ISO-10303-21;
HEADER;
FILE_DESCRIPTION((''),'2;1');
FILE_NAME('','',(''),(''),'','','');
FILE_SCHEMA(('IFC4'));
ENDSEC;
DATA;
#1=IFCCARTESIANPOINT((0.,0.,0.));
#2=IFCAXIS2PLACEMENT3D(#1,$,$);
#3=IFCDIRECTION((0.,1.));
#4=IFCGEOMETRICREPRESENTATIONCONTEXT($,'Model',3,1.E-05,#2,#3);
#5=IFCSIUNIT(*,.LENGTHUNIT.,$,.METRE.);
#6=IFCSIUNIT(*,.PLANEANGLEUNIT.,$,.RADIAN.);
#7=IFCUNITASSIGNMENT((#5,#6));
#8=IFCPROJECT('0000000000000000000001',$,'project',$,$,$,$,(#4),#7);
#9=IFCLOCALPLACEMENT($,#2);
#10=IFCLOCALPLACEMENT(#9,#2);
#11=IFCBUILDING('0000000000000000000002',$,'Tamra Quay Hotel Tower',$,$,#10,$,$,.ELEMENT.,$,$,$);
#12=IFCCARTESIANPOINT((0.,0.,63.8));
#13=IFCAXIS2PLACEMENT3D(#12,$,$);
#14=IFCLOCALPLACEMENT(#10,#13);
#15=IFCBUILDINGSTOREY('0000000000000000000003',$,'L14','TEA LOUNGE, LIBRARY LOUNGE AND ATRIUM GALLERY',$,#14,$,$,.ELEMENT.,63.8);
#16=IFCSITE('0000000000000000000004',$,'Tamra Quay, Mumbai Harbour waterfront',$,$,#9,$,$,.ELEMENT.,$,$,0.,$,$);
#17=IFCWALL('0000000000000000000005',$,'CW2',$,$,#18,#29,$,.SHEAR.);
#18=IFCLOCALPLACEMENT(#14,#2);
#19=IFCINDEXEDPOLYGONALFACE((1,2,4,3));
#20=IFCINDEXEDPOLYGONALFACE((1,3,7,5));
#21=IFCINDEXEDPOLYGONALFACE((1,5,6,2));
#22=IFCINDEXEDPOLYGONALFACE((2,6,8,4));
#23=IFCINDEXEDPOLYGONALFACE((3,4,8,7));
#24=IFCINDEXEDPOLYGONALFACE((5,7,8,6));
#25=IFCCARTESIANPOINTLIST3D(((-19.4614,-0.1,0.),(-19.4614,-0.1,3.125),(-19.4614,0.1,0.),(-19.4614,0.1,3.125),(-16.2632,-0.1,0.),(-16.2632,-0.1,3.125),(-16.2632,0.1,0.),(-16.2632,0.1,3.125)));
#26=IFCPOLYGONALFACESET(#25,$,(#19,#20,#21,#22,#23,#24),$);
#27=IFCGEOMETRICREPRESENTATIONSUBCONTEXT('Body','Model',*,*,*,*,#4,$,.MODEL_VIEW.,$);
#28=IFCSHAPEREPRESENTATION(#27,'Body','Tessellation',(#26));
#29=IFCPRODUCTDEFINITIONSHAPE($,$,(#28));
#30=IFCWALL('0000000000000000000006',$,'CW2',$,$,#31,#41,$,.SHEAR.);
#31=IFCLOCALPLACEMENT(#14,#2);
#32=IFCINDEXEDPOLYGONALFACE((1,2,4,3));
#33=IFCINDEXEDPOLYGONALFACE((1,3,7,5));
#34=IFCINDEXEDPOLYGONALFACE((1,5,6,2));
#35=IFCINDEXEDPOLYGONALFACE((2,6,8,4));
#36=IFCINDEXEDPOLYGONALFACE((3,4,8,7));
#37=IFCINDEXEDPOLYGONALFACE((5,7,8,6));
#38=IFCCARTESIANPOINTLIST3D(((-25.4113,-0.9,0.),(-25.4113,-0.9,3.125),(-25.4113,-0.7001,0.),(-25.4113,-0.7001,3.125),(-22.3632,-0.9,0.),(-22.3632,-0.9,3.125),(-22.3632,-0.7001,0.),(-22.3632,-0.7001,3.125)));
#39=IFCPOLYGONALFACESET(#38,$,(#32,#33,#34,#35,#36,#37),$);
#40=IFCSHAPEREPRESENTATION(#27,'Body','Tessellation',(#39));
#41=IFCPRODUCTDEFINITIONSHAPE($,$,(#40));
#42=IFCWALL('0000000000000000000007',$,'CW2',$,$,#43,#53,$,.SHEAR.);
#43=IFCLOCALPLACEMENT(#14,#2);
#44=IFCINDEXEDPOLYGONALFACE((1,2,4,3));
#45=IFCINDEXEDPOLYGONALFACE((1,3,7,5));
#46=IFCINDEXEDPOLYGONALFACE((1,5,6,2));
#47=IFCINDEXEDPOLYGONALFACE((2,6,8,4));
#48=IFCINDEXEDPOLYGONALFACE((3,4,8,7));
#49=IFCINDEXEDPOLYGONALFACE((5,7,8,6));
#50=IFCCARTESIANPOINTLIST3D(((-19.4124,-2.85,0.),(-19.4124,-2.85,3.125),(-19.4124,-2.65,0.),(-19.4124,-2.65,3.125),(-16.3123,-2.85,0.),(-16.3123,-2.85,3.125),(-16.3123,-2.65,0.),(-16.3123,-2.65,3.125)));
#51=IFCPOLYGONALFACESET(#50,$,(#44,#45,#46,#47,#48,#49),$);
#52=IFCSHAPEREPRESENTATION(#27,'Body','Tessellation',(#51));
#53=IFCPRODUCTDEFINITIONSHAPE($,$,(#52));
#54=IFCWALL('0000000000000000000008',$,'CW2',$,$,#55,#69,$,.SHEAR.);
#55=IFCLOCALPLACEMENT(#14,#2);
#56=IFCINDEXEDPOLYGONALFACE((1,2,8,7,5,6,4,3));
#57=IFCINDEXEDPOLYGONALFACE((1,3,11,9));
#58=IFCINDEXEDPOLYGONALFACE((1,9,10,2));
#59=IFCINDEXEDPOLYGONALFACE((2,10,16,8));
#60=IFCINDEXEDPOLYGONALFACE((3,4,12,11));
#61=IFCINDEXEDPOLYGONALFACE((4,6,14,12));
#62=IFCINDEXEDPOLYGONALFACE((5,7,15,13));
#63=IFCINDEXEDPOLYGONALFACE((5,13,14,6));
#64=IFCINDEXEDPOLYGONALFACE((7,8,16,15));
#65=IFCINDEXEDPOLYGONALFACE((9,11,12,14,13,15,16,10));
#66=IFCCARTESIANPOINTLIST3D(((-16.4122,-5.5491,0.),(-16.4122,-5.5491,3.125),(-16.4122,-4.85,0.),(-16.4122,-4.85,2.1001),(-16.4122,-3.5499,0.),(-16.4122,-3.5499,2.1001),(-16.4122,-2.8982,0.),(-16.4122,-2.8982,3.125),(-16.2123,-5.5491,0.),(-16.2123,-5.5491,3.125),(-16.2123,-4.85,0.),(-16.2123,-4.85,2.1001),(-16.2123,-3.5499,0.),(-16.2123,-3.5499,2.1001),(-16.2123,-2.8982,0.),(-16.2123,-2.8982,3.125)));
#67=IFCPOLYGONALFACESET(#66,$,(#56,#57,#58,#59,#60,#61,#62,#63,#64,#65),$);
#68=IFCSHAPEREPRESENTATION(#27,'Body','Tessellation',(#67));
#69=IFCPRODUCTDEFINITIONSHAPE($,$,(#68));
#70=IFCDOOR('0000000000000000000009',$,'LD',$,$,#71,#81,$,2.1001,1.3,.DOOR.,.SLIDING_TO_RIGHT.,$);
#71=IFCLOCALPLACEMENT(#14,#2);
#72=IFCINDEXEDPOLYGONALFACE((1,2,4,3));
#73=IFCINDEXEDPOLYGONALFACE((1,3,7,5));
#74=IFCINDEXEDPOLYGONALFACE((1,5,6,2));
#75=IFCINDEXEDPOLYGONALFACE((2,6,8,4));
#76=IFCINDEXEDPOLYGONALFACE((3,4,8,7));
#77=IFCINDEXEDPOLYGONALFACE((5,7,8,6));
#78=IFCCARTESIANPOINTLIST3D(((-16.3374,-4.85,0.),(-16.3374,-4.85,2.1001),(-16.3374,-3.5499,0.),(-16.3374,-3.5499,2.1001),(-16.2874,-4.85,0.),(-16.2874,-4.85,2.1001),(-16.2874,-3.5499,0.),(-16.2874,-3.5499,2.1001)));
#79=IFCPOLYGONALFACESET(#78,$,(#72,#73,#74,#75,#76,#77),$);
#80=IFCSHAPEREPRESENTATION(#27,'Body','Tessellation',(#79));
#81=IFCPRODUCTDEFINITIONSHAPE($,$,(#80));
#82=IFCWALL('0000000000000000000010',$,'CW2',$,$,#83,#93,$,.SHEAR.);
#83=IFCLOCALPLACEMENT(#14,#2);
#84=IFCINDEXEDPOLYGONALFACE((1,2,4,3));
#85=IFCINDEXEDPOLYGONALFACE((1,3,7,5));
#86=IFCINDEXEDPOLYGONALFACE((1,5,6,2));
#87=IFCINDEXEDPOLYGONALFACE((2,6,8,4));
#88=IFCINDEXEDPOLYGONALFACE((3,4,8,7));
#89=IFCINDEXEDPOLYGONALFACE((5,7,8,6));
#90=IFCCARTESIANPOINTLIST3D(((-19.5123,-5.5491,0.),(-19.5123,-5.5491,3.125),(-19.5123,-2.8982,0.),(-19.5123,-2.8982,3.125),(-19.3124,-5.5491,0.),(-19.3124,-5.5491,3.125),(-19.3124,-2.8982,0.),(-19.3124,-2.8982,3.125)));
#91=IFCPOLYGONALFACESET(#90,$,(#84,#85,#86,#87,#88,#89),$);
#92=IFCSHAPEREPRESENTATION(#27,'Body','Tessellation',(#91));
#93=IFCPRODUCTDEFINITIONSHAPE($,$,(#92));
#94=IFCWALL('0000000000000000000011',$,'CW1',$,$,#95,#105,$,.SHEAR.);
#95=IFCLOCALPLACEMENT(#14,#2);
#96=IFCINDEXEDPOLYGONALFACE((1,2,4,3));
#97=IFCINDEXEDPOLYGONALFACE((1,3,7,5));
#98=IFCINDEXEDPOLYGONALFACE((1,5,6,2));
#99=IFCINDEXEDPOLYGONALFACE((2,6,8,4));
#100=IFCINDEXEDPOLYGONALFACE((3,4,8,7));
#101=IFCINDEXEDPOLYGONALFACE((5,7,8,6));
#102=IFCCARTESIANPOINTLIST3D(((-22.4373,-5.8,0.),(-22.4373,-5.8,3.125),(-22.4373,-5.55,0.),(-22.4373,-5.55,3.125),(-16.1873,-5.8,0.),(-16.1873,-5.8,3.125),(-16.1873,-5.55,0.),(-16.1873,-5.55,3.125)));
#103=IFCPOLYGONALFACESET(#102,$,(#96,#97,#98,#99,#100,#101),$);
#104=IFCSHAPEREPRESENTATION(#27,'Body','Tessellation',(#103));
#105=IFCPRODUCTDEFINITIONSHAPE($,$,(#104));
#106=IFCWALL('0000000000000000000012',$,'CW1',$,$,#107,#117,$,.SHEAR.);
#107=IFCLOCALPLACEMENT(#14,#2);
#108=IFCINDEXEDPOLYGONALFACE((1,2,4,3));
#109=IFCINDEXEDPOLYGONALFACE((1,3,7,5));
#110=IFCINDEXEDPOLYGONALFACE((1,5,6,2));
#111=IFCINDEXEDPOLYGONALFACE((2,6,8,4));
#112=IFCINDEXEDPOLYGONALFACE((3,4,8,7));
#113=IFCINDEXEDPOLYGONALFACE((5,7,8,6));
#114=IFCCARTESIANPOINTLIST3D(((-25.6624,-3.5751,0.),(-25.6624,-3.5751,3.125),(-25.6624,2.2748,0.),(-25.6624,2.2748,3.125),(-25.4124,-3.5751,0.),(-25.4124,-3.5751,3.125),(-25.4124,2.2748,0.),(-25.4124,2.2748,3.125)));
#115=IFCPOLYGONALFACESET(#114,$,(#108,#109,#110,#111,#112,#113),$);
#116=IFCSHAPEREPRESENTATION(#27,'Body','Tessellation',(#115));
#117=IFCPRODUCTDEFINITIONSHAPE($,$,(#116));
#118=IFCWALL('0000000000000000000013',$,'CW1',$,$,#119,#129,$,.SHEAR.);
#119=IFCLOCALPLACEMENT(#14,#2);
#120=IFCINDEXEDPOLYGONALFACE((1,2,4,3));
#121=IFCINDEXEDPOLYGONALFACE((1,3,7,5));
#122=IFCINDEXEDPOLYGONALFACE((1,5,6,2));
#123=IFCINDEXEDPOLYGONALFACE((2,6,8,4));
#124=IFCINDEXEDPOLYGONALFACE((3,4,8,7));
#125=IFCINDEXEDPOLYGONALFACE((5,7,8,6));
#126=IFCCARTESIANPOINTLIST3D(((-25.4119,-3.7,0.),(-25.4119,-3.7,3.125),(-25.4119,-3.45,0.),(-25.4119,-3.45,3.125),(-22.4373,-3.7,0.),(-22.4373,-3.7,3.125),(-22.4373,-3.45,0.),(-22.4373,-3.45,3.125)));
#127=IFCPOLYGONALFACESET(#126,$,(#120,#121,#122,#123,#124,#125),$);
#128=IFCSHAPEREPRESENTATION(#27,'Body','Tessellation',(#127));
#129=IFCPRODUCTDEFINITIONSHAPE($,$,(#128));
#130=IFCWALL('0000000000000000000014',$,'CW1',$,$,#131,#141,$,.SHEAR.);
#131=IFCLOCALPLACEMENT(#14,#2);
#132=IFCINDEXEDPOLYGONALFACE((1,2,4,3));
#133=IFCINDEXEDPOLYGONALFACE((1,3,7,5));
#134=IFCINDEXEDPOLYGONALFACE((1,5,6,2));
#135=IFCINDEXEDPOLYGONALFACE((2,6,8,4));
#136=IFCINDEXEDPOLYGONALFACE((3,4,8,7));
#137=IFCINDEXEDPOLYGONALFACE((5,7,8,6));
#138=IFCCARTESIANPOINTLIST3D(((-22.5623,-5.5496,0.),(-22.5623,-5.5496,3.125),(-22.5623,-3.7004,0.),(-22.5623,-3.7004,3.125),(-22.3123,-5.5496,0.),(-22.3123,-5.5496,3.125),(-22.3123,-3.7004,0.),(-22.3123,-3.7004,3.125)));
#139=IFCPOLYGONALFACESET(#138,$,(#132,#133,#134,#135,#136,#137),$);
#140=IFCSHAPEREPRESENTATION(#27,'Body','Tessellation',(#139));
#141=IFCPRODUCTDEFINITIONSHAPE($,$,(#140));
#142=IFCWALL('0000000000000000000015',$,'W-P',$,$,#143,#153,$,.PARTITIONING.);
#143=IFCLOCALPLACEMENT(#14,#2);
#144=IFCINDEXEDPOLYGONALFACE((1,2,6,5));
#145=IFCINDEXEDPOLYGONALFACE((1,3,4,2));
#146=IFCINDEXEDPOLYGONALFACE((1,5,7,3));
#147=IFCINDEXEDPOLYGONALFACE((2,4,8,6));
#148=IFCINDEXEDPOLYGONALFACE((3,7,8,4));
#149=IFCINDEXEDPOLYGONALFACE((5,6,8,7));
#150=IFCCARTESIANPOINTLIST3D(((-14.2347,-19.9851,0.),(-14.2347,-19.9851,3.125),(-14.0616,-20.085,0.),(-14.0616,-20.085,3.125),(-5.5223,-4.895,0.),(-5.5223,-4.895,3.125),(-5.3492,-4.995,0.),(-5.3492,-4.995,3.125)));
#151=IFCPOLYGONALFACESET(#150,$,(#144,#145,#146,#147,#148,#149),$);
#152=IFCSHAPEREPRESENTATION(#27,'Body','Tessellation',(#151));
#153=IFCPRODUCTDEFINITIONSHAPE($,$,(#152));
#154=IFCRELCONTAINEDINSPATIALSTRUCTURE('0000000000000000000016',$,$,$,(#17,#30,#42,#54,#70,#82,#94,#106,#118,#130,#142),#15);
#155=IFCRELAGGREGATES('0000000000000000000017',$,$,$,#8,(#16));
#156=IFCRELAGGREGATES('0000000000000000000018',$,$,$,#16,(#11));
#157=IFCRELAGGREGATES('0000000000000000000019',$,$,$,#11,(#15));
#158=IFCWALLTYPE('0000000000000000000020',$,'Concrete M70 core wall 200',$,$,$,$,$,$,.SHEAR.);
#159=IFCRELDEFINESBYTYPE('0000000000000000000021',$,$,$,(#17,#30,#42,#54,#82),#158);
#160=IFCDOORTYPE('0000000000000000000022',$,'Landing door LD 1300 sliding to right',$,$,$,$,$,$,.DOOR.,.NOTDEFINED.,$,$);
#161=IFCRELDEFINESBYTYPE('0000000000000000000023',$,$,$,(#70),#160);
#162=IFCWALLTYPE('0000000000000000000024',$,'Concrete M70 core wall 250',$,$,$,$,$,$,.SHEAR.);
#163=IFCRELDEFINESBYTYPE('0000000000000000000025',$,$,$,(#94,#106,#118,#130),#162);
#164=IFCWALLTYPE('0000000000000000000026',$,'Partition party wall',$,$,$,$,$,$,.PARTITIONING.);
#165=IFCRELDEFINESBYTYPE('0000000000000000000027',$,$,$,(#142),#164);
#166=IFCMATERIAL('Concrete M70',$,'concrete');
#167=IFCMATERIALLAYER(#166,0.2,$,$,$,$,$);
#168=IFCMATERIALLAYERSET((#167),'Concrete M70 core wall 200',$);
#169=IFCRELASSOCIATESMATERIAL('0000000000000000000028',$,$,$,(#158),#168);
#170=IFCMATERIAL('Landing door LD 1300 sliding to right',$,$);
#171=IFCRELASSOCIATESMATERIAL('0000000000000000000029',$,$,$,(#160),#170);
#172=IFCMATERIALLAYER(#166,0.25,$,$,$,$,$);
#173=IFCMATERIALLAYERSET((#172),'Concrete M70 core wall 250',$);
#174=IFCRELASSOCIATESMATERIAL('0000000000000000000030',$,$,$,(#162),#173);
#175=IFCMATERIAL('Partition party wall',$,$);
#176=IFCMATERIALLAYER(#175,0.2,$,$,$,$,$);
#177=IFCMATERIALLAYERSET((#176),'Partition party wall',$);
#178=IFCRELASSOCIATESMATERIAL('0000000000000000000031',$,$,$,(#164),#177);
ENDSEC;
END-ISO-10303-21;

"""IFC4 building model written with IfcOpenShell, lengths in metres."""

from ifc_helpers import new_model, si_unit, direction, frame, frame_2d, origin, place, context, subcontext, project, spatial, rectangle, extrude, material, layer, layer_set, type_object, element, fill, save


model = new_model("IFC4")

# Units and contexts
model_context = context("Model", 3, precision=1e-05, world=origin(), true_north=direction((0.0, 1.0)))
body_context = subcontext(model_context, "Body", "Model", "MODEL_VIEW")
ifc_project = project(units=[si_unit("LENGTHUNIT", "METRE"), si_unit("PLANEANGLEUNIT", "RADIAN")], contexts=[model_context])

# Site, building, storey
site_placement = place(None, origin())
site = spatial("IfcSite", under=ifc_project, at=site_placement, Name="Tamra Quay, Mumbai Harbour waterfront", CompositionType="ELEMENT", RefElevation=0.0)
building_placement = place(site_placement, origin())
building = spatial("IfcBuilding", under=site, at=building_placement, Name="Tamra Quay Hotel Tower", CompositionType="ELEMENT")
storey_placement = place(building_placement, frame((0.0, 0.0, 63.8)))
storey = spatial("IfcBuildingStorey", under=building, at=storey_placement, Name="L14", Description="TEA LOUNGE, LIBRARY LOUNGE AND ATRIUM GALLERY", CompositionType="ELEMENT", Elevation=63.8)

# Shared definitions
ifc_material_1 = material(Name="Concrete M70", Category="concrete")

# Walls
ifc_layer_1 = layer(ifc_material_1, 0.2)
ifc_layer_set_1 = layer_set([ifc_layer_1], Name="Concrete M70 core wall 200")
wall_type_1 = type_object("IfcWallType", Name="Concrete M70 core wall 200", PredefinedType="SHEAR", material=ifc_layer_set_1)
wall_1_placement = place(storey_placement, frame((-16.2632, 0.0, 0.0), z_axis=(0.0, 0.0, 1.0), x_axis=(-1.0, 0.0, 0.0)))
element("IfcWall", 1, at=wall_1_placement, inside=storey, type_object=wall_type_1, Name="CW2", PredefinedType="SHEAR", context=body_context, shape_type="SweptSolid", body=[
    extrude(rectangle(XDim=3.1982, YDim=0.2, at=frame_2d((1.5991, 0.0))), origin(), (0.0, 0.0, 1.0), 3.125),
])
wall_2_placement = place(storey_placement, frame((-22.3633, -0.8, 0.0), z_axis=(0.0, 0.0, 1.0), x_axis=(-1.0, 0.0, 0.0)))
element("IfcWall", 2, at=wall_2_placement, inside=storey, type_object=wall_type_1, Name="CW2", PredefinedType="SHEAR", context=body_context, shape_type="SweptSolid", body=[
    extrude(rectangle(XDim=3.0481, YDim=0.2, at=frame_2d((1.5239, 0.0))), origin(), (0.0, 0.0, 1.0), 3.125),
])
wall_3_placement = place(storey_placement, frame((-19.4124, -2.75, 0.0), z_axis=(0.0, 0.0, 1.0), x_axis=(1.0, 0.0, 0.0)))
element("IfcWall", 3, at=wall_3_placement, inside=storey, type_object=wall_type_1, Name="CW2", PredefinedType="SHEAR", context=body_context, shape_type="SweptSolid", body=[
    extrude(rectangle(XDim=3.1001, YDim=0.2, at=frame_2d((1.55, 0.0))), origin(), (0.0, 0.0, 1.0), 3.125),
])

# Wall, opening, door
wall_4_placement = place(storey_placement, frame((-16.3123, -2.8982, 0.0), z_axis=(0.0, 0.0, 1.0), x_axis=(0.0, -1.0, 0.0)))
wall_4 = element("IfcWall", 4, at=wall_4_placement, inside=storey, type_object=wall_type_1, Name="CW2", PredefinedType="SHEAR", context=body_context, shape_type="SweptSolid", body=[
    extrude(rectangle(XDim=2.6509, YDim=0.2, at=frame_2d((1.3254, 0.0))), origin(), (0.0, 0.0, 1.0), 3.125),
])
opening_placement = place(wall_4_placement, frame((0.6519, 0.0, 0.0)))
opening = element("IfcOpeningElement", 5, at=opening_placement, cuts=wall_4, PredefinedType="OPENING", context=body_context, shape_type="SweptSolid", body=[
    extrude(rectangle(XDim=1.3, YDim=2.1001, at=frame_2d((0.6499, 1.05))), frame((0.0, 0.1099, 0.0), z_axis=(0.0, -1.0, 0.0), x_axis=(1.0, 0.0, 0.0)), (0.0, 0.0, 1.0), 0.22),
])
ifc_material_2 = material(Name="Landing door LD 1300 sliding to right")
door_type = type_object("IfcDoorType", Name="Landing door LD 1300 sliding to right", OperationType="NOTDEFINED", PredefinedType="DOOR", material=ifc_material_2)
door_placement = place(opening_placement, origin())
door = element("IfcDoor", 6, at=door_placement, inside=storey, type_object=door_type, Name="LD", OperationType="SLIDING_TO_RIGHT", OverallHeight=2.1001, OverallWidth=1.3, PredefinedType="DOOR", context=body_context, shape_type="SweptSolid", body=[
    extrude(rectangle(XDim=1.3, YDim=2.1001, at=frame_2d((0.6499, 1.05))), frame((0.0, 0.0249, 0.0), z_axis=(0.0, -1.0, 0.0), x_axis=(1.0, 0.0, 0.0)), (0.0, 0.0, 1.0), 0.05),
])
fill(opening, door)

# Walls
wall_5_placement = place(storey_placement, frame((-19.4124, -5.5491, 0.0), z_axis=(0.0, 0.0, 1.0), x_axis=(0.0, 1.0, 0.0)))
element("IfcWall", 7, at=wall_5_placement, inside=storey, type_object=wall_type_1, Name="CW2", PredefinedType="SHEAR", context=body_context, shape_type="SweptSolid", body=[
    extrude(rectangle(XDim=2.6509, YDim=0.2, at=frame_2d((1.3254, 0.0))), origin(), (0.0, 0.0, 1.0), 3.125),
])
ifc_layer_2 = layer(ifc_material_1, 0.25)
ifc_layer_set_2 = layer_set([ifc_layer_2], Name="Concrete M70 core wall 250")
wall_type_2 = type_object("IfcWallType", Name="Concrete M70 core wall 250", PredefinedType="SHEAR", material=ifc_layer_set_2)
wall_6_placement = place(storey_placement, frame((-16.1873, -5.675, 0.0), z_axis=(0.0, 0.0, 1.0), x_axis=(-1.0, 0.0, 0.0)))
element("IfcWall", 8, at=wall_6_placement, inside=storey, type_object=wall_type_2, Name="CW1", PredefinedType="SHEAR", context=body_context, shape_type="SweptSolid", body=[
    extrude(rectangle(XDim=6.25, YDim=0.25, at=frame_2d((3.125, 0.0))), origin(), (0.0, 0.0, 1.0), 3.125),
])
wall_7_placement = place(storey_placement, frame((-25.5374, -3.575, 0.0), z_axis=(0.0, 0.0, 1.0), x_axis=(0.0, 1.0, 0.0)))
element("IfcWall", 9, at=wall_7_placement, inside=storey, type_object=wall_type_2, Name="CW1", PredefinedType="SHEAR", context=body_context, shape_type="SweptSolid", body=[
    extrude(rectangle(XDim=5.8499, YDim=0.25, at=frame_2d((2.9248, 0.0))), origin(), (0.0, 0.0, 1.0), 3.125),
])
wall_8_placement = place(storey_placement, frame((-22.4373, -3.575, 0.0), z_axis=(0.0, 0.0, 1.0), x_axis=(-1.0, 0.0, 0.0)))
element("IfcWall", 10, at=wall_8_placement, inside=storey, type_object=wall_type_2, Name="CW1", PredefinedType="SHEAR", context=body_context, shape_type="SweptSolid", body=[
    extrude(rectangle(XDim=2.9746, YDim=0.25, at=frame_2d((1.4873, 0.0))), origin(), (0.0, 0.0, 1.0), 3.125),
])
wall_9_placement = place(storey_placement, frame((-22.4373, -5.5496, 0.0), z_axis=(0.0, 0.0, 1.0), x_axis=(0.0, 1.0, 0.0)))
element("IfcWall", 11, at=wall_9_placement, inside=storey, type_object=wall_type_2, Name="CW1", PredefinedType="SHEAR", context=body_context, shape_type="SweptSolid", body=[
    extrude(rectangle(XDim=1.8491, YDim=0.25, at=frame_2d((0.9246, 0.0))), origin(), (0.0, 0.0, 1.0), 3.125),
])
ifc_material_3 = material(Name="Partition party wall")
ifc_layer_3 = layer(ifc_material_3, 0.2)
ifc_layer_set_3 = layer_set([ifc_layer_3], Name="Partition party wall")
wall_type_3 = type_object("IfcWallType", Name="Partition party wall", PredefinedType="PARTITIONING", material=ifc_layer_set_3)
wall_10_placement = place(storey_placement, frame((-14.1482, -20.0352, 0.0), z_axis=(0.0, 0.0, 1.0), x_axis=(0.500006, 0.866022, 0.0)))
element("IfcWall", 12, at=wall_10_placement, inside=storey, type_object=wall_type_3, Name="W-P", PredefinedType="PARTITIONING", context=body_context, shape_type="SweptSolid", body=[
    extrude(rectangle(XDim=17.4246, YDim=0.2, at=frame_2d((8.7124, 0.0))), origin(), (0.0, 0.0, 1.0), 3.125),
])

save(model, "model.ifc")
